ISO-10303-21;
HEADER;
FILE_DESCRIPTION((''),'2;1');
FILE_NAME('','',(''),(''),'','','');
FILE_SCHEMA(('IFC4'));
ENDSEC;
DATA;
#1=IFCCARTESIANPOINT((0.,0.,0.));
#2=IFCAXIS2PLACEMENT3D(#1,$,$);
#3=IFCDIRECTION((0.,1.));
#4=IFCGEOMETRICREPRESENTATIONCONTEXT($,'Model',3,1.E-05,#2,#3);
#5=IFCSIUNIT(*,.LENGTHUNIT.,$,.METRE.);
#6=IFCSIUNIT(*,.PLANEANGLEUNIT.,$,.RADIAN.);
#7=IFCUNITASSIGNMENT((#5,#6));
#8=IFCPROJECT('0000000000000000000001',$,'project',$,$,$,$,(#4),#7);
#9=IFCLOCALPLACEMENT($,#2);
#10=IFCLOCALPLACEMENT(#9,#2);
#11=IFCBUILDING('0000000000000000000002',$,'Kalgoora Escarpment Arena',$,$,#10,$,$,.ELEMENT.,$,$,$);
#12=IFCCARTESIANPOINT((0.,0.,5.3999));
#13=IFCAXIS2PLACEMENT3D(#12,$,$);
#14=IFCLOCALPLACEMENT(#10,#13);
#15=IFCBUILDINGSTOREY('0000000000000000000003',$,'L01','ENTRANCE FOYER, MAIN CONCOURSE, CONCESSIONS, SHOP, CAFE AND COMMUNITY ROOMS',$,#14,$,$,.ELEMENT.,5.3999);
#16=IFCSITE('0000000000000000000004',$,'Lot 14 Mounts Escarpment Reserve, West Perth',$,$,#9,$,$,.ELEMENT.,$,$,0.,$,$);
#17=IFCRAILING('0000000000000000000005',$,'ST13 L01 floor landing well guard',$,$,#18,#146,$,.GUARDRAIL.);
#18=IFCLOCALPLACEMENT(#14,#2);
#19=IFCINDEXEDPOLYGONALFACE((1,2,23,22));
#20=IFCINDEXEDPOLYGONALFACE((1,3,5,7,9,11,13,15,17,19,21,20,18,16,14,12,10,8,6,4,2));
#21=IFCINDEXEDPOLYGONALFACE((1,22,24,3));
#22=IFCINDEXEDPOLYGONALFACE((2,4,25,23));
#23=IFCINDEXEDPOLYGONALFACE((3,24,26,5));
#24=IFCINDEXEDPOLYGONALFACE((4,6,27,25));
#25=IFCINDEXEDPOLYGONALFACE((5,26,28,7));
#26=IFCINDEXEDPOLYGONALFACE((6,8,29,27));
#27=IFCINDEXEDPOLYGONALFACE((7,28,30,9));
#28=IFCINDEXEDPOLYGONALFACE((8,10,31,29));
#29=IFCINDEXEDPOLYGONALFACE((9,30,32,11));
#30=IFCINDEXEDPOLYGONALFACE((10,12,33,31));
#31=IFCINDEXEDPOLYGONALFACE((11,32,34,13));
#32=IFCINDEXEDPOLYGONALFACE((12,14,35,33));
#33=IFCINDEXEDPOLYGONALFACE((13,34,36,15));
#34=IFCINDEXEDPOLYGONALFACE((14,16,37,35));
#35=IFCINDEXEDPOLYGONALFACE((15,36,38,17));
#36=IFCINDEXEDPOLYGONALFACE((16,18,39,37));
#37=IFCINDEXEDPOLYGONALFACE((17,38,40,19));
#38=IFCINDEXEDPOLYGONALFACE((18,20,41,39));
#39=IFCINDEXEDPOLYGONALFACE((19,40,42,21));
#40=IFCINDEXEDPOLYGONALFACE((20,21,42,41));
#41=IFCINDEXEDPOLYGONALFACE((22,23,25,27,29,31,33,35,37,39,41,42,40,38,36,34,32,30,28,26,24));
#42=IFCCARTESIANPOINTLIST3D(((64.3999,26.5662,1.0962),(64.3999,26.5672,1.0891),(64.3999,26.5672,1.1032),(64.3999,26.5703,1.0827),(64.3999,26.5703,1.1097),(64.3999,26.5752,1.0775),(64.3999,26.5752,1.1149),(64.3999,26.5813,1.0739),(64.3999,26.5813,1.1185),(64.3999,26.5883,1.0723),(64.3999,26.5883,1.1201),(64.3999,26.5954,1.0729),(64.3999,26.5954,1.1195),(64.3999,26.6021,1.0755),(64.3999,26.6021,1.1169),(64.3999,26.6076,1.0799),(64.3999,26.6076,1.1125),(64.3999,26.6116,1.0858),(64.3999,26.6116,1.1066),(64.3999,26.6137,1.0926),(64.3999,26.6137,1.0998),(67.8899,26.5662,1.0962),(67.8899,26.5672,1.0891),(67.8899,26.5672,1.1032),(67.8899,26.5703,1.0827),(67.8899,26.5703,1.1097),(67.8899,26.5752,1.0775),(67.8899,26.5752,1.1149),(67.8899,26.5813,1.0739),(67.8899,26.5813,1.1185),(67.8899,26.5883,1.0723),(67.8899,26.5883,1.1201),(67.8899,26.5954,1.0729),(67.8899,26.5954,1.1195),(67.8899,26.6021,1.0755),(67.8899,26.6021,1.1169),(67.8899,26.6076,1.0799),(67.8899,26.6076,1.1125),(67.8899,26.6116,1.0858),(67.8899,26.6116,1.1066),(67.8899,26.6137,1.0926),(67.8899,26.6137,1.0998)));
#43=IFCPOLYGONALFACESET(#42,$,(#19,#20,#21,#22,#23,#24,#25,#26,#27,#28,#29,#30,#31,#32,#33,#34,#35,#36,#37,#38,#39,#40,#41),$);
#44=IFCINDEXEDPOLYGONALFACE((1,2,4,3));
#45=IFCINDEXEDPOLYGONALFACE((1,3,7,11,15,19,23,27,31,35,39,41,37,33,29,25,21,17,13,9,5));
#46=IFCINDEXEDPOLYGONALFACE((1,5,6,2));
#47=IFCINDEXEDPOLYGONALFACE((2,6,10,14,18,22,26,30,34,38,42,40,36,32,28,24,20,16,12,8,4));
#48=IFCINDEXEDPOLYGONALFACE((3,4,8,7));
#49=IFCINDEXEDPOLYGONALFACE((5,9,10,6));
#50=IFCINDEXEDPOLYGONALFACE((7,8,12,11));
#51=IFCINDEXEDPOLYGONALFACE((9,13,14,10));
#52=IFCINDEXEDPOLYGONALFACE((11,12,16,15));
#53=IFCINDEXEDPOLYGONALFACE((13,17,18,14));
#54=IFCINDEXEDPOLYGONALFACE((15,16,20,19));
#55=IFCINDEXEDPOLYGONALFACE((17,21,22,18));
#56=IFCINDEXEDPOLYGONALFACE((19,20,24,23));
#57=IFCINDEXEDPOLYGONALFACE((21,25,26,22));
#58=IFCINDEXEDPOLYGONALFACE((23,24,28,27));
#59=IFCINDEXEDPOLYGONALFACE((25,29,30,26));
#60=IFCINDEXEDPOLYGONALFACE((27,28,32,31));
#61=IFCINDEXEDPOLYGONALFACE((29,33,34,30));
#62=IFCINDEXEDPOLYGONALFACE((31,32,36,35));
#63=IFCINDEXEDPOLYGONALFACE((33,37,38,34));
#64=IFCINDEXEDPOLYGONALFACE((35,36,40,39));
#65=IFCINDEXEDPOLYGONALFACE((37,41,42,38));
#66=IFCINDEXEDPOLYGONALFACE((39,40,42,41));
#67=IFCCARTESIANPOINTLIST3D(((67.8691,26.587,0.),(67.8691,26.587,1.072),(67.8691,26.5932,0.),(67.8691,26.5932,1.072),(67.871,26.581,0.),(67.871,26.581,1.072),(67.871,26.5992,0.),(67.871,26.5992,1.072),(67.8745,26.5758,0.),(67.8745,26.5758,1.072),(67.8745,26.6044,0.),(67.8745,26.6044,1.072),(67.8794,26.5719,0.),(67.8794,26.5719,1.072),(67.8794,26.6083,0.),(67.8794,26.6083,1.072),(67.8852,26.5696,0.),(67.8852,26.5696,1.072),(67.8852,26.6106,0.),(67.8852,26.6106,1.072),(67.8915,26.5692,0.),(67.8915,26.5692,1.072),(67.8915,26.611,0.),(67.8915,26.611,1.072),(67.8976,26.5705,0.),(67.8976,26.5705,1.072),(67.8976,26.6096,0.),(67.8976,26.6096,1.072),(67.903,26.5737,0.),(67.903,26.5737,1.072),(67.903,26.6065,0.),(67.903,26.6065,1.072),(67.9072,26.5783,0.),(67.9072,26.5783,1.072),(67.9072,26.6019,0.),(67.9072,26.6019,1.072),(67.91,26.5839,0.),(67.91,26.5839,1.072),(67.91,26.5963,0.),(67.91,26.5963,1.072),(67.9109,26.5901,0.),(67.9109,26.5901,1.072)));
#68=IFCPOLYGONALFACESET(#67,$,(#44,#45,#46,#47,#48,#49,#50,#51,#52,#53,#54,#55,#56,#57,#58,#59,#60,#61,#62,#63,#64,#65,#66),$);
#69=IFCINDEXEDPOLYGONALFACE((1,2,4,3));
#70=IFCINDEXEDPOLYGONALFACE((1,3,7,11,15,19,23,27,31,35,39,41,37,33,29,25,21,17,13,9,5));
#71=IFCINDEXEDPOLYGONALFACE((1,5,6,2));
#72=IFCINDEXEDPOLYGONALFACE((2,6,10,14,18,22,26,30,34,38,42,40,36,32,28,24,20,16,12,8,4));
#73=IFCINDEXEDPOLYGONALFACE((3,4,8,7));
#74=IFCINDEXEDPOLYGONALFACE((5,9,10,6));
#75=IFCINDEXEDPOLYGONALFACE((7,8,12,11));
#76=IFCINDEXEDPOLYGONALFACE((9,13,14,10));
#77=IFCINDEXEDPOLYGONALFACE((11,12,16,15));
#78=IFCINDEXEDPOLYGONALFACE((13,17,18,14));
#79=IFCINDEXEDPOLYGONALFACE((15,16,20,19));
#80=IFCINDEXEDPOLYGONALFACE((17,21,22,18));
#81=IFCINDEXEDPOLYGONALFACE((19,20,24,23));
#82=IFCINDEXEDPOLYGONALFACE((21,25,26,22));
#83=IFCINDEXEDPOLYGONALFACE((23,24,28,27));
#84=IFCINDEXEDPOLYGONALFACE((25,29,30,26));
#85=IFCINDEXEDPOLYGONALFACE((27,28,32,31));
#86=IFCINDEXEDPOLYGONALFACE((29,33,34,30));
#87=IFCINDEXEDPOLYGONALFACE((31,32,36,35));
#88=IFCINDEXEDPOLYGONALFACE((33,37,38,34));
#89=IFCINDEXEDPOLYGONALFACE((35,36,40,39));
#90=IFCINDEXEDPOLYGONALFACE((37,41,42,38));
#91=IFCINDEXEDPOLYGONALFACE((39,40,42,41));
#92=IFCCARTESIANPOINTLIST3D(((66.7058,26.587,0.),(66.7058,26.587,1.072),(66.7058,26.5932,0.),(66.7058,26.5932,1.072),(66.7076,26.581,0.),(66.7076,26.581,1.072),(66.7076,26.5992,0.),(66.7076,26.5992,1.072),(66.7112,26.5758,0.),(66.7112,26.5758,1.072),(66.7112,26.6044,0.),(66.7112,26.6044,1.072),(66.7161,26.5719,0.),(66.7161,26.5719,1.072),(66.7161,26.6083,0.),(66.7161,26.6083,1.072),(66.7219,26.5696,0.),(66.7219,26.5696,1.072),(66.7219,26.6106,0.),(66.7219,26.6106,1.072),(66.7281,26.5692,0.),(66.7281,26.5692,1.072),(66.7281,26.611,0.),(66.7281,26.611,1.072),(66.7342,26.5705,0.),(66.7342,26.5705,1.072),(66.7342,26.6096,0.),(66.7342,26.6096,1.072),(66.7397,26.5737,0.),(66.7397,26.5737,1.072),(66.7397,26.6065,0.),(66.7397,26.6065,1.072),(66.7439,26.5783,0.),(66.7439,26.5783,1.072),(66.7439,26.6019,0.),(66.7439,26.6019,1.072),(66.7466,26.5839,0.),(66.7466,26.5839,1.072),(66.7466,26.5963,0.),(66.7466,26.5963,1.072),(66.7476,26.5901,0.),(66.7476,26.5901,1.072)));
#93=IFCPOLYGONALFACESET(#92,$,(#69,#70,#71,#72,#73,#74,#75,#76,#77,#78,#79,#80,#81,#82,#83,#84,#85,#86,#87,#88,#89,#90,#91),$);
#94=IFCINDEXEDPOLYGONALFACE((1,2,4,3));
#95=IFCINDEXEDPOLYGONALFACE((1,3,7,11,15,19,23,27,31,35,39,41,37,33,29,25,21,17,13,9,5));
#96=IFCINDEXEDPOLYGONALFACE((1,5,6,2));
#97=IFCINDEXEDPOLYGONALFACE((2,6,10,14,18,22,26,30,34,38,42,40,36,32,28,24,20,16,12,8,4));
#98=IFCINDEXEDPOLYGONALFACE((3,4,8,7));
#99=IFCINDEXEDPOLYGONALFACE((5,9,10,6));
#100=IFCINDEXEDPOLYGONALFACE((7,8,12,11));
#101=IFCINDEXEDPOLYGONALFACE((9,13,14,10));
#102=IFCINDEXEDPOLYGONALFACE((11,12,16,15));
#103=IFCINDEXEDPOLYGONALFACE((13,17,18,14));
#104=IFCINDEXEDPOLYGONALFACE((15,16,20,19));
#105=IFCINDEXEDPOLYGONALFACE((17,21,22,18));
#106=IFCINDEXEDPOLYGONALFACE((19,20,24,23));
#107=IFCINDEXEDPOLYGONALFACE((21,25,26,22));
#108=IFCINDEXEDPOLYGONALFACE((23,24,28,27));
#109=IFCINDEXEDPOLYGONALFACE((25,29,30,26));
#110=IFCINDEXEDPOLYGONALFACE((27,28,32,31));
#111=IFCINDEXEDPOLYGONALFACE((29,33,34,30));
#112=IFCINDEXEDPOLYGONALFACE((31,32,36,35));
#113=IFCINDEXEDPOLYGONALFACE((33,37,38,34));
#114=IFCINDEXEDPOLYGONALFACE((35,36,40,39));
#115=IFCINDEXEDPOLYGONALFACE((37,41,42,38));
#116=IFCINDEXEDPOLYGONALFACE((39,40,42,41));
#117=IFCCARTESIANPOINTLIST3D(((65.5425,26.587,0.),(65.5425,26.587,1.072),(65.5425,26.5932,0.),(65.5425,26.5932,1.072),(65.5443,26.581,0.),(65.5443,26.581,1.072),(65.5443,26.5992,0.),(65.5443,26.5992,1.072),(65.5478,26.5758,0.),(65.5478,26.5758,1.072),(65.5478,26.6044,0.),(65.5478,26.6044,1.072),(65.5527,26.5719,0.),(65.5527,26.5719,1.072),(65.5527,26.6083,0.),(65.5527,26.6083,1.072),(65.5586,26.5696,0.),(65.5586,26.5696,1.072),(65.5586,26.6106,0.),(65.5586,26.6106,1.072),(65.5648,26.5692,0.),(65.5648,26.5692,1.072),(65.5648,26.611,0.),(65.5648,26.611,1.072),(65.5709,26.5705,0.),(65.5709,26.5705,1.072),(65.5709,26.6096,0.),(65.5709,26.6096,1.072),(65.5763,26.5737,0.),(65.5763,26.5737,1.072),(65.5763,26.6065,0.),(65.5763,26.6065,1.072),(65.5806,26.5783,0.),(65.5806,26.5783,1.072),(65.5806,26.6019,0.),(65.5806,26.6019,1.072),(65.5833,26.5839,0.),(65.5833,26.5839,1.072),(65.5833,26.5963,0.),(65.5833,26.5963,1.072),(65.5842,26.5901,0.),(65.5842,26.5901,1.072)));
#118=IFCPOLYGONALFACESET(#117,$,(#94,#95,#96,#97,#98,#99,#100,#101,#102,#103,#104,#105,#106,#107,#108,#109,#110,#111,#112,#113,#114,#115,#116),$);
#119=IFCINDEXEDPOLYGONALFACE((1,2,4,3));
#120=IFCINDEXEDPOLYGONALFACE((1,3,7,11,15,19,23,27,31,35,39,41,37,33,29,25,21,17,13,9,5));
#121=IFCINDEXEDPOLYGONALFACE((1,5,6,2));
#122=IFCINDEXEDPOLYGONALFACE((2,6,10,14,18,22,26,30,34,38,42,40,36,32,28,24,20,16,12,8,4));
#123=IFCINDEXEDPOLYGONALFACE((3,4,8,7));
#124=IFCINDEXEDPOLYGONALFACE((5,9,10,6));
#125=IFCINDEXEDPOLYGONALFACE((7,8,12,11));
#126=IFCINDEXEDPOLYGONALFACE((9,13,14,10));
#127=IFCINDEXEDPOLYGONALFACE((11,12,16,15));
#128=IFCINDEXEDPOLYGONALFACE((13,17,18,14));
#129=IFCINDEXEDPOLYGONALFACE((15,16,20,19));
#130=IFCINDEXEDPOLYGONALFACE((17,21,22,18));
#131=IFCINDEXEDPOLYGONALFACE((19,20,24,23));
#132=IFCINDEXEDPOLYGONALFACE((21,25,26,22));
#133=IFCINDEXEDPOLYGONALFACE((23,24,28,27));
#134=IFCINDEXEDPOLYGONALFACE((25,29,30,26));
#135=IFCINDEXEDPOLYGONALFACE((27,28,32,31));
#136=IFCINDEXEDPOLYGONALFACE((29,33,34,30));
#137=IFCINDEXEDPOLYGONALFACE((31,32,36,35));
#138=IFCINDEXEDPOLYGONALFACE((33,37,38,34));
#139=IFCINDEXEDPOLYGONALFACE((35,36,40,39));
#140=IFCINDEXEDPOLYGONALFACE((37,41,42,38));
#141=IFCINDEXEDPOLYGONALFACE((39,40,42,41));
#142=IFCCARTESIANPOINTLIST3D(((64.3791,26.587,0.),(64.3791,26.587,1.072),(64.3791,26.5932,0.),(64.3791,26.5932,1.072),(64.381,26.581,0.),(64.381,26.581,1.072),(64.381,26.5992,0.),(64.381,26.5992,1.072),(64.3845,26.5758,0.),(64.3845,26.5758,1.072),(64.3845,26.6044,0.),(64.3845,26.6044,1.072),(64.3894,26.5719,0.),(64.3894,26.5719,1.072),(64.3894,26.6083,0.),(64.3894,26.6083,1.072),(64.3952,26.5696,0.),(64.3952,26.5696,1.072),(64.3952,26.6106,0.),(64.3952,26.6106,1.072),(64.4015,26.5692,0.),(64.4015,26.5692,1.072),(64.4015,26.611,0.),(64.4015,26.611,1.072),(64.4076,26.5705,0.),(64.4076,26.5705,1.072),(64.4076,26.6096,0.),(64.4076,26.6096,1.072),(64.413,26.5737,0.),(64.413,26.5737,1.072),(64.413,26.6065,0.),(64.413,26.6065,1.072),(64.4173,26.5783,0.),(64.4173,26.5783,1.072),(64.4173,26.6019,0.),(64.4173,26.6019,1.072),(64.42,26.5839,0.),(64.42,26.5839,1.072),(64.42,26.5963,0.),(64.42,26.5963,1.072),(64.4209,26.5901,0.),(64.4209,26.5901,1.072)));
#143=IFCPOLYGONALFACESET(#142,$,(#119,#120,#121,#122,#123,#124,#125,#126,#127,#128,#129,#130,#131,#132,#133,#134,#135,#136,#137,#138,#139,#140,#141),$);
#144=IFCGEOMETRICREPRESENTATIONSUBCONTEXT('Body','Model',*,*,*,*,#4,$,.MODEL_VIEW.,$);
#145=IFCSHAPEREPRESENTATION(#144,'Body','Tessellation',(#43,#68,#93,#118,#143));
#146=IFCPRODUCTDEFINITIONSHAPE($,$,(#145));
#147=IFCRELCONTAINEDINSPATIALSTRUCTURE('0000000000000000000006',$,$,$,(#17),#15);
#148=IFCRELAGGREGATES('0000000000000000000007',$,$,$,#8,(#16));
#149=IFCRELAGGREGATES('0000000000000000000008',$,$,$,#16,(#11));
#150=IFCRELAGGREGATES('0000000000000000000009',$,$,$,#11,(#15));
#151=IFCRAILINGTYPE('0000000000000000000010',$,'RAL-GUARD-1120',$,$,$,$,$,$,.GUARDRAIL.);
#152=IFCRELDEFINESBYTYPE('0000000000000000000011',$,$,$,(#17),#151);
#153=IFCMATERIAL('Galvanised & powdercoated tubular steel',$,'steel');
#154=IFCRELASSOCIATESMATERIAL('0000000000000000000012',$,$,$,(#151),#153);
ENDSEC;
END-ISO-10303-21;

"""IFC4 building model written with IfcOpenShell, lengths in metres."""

from ifc_helpers import new_model, si_unit, direction, frame, origin, origin_2d, place, context, subcontext, project, spatial, circle, extrude, material, type_object, element, save


model = new_model("IFC4")

# Units and contexts
model_context = context("Model", 3, precision=1e-05, world=origin(), true_north=direction((0.0, 1.0)))
body_context = subcontext(model_context, "Body", "Model", "MODEL_VIEW")
ifc_project = project(units=[si_unit("LENGTHUNIT", "METRE"), si_unit("PLANEANGLEUNIT", "RADIAN")], contexts=[model_context])

# Site, building, storey
site_placement = place(None, origin())
site = spatial("IfcSite", under=ifc_project, at=site_placement, Name="Lot 14 Mounts Escarpment Reserve, West Perth", CompositionType="ELEMENT", RefElevation=0.0)
building_placement = place(site_placement, origin())
building = spatial("IfcBuilding", under=site, at=building_placement, Name="Kalgoora Escarpment Arena", CompositionType="ELEMENT")
storey_placement = place(building_placement, frame((0.0, 0.0, 5.3999)))
storey = spatial("IfcBuildingStorey", under=building, at=storey_placement, Name="L01", Description="ENTRANCE FOYER, MAIN CONCOURSE, CONCESSIONS, SHOP, CAFE AND COMMUNITY ROOMS", CompositionType="ELEMENT", Elevation=5.3999)

# Railing
ifc_material_1 = material(Name="Galvanised & powdercoated tubular steel", Category="steel")
railing_type_1 = type_object("IfcRailingType", Name="RAL-GUARD-1120", PredefinedType="GUARDRAIL", material=ifc_material_1)
railing_1_placement = place(storey_placement, frame((67.8899, 26.5901, 0.0)))
element("IfcRailing", 1, at=railing_1_placement, inside=storey, type_object=railing_type_1, Name="ST13 L01 floor landing well guard", PredefinedType="GUARDRAIL", context=body_context, shape_type="SweptSolid", body=[
    extrude(circle(Radius=0.0239, at=origin_2d()), frame((0.0, 0.0, 1.0962), z_axis=(-1.0, 0.0, 0.0), x_axis=(0.0, -1.0, 0.0)), (0.0, 0.0, 1.0), 3.49),
    extrude(circle(Radius=0.021, at=origin_2d()), origin(), (0.0, 0.0, 1.0), 1.072),
    extrude(circle(Radius=0.021, at=origin_2d()), frame((-1.1633, 0.0, 0.0)), (0.0, 0.0, 1.0), 1.072),
    extrude(circle(Radius=0.021, at=origin_2d()), frame((-2.3267, 0.0, 0.0)), (0.0, 0.0, 1.0), 1.072),
    extrude(circle(Radius=0.021, at=origin_2d()), frame((-3.49, 0.0, 0.0)), (0.0, 0.0, 1.0), 1.072),
])

save(model, "model.ifc")
